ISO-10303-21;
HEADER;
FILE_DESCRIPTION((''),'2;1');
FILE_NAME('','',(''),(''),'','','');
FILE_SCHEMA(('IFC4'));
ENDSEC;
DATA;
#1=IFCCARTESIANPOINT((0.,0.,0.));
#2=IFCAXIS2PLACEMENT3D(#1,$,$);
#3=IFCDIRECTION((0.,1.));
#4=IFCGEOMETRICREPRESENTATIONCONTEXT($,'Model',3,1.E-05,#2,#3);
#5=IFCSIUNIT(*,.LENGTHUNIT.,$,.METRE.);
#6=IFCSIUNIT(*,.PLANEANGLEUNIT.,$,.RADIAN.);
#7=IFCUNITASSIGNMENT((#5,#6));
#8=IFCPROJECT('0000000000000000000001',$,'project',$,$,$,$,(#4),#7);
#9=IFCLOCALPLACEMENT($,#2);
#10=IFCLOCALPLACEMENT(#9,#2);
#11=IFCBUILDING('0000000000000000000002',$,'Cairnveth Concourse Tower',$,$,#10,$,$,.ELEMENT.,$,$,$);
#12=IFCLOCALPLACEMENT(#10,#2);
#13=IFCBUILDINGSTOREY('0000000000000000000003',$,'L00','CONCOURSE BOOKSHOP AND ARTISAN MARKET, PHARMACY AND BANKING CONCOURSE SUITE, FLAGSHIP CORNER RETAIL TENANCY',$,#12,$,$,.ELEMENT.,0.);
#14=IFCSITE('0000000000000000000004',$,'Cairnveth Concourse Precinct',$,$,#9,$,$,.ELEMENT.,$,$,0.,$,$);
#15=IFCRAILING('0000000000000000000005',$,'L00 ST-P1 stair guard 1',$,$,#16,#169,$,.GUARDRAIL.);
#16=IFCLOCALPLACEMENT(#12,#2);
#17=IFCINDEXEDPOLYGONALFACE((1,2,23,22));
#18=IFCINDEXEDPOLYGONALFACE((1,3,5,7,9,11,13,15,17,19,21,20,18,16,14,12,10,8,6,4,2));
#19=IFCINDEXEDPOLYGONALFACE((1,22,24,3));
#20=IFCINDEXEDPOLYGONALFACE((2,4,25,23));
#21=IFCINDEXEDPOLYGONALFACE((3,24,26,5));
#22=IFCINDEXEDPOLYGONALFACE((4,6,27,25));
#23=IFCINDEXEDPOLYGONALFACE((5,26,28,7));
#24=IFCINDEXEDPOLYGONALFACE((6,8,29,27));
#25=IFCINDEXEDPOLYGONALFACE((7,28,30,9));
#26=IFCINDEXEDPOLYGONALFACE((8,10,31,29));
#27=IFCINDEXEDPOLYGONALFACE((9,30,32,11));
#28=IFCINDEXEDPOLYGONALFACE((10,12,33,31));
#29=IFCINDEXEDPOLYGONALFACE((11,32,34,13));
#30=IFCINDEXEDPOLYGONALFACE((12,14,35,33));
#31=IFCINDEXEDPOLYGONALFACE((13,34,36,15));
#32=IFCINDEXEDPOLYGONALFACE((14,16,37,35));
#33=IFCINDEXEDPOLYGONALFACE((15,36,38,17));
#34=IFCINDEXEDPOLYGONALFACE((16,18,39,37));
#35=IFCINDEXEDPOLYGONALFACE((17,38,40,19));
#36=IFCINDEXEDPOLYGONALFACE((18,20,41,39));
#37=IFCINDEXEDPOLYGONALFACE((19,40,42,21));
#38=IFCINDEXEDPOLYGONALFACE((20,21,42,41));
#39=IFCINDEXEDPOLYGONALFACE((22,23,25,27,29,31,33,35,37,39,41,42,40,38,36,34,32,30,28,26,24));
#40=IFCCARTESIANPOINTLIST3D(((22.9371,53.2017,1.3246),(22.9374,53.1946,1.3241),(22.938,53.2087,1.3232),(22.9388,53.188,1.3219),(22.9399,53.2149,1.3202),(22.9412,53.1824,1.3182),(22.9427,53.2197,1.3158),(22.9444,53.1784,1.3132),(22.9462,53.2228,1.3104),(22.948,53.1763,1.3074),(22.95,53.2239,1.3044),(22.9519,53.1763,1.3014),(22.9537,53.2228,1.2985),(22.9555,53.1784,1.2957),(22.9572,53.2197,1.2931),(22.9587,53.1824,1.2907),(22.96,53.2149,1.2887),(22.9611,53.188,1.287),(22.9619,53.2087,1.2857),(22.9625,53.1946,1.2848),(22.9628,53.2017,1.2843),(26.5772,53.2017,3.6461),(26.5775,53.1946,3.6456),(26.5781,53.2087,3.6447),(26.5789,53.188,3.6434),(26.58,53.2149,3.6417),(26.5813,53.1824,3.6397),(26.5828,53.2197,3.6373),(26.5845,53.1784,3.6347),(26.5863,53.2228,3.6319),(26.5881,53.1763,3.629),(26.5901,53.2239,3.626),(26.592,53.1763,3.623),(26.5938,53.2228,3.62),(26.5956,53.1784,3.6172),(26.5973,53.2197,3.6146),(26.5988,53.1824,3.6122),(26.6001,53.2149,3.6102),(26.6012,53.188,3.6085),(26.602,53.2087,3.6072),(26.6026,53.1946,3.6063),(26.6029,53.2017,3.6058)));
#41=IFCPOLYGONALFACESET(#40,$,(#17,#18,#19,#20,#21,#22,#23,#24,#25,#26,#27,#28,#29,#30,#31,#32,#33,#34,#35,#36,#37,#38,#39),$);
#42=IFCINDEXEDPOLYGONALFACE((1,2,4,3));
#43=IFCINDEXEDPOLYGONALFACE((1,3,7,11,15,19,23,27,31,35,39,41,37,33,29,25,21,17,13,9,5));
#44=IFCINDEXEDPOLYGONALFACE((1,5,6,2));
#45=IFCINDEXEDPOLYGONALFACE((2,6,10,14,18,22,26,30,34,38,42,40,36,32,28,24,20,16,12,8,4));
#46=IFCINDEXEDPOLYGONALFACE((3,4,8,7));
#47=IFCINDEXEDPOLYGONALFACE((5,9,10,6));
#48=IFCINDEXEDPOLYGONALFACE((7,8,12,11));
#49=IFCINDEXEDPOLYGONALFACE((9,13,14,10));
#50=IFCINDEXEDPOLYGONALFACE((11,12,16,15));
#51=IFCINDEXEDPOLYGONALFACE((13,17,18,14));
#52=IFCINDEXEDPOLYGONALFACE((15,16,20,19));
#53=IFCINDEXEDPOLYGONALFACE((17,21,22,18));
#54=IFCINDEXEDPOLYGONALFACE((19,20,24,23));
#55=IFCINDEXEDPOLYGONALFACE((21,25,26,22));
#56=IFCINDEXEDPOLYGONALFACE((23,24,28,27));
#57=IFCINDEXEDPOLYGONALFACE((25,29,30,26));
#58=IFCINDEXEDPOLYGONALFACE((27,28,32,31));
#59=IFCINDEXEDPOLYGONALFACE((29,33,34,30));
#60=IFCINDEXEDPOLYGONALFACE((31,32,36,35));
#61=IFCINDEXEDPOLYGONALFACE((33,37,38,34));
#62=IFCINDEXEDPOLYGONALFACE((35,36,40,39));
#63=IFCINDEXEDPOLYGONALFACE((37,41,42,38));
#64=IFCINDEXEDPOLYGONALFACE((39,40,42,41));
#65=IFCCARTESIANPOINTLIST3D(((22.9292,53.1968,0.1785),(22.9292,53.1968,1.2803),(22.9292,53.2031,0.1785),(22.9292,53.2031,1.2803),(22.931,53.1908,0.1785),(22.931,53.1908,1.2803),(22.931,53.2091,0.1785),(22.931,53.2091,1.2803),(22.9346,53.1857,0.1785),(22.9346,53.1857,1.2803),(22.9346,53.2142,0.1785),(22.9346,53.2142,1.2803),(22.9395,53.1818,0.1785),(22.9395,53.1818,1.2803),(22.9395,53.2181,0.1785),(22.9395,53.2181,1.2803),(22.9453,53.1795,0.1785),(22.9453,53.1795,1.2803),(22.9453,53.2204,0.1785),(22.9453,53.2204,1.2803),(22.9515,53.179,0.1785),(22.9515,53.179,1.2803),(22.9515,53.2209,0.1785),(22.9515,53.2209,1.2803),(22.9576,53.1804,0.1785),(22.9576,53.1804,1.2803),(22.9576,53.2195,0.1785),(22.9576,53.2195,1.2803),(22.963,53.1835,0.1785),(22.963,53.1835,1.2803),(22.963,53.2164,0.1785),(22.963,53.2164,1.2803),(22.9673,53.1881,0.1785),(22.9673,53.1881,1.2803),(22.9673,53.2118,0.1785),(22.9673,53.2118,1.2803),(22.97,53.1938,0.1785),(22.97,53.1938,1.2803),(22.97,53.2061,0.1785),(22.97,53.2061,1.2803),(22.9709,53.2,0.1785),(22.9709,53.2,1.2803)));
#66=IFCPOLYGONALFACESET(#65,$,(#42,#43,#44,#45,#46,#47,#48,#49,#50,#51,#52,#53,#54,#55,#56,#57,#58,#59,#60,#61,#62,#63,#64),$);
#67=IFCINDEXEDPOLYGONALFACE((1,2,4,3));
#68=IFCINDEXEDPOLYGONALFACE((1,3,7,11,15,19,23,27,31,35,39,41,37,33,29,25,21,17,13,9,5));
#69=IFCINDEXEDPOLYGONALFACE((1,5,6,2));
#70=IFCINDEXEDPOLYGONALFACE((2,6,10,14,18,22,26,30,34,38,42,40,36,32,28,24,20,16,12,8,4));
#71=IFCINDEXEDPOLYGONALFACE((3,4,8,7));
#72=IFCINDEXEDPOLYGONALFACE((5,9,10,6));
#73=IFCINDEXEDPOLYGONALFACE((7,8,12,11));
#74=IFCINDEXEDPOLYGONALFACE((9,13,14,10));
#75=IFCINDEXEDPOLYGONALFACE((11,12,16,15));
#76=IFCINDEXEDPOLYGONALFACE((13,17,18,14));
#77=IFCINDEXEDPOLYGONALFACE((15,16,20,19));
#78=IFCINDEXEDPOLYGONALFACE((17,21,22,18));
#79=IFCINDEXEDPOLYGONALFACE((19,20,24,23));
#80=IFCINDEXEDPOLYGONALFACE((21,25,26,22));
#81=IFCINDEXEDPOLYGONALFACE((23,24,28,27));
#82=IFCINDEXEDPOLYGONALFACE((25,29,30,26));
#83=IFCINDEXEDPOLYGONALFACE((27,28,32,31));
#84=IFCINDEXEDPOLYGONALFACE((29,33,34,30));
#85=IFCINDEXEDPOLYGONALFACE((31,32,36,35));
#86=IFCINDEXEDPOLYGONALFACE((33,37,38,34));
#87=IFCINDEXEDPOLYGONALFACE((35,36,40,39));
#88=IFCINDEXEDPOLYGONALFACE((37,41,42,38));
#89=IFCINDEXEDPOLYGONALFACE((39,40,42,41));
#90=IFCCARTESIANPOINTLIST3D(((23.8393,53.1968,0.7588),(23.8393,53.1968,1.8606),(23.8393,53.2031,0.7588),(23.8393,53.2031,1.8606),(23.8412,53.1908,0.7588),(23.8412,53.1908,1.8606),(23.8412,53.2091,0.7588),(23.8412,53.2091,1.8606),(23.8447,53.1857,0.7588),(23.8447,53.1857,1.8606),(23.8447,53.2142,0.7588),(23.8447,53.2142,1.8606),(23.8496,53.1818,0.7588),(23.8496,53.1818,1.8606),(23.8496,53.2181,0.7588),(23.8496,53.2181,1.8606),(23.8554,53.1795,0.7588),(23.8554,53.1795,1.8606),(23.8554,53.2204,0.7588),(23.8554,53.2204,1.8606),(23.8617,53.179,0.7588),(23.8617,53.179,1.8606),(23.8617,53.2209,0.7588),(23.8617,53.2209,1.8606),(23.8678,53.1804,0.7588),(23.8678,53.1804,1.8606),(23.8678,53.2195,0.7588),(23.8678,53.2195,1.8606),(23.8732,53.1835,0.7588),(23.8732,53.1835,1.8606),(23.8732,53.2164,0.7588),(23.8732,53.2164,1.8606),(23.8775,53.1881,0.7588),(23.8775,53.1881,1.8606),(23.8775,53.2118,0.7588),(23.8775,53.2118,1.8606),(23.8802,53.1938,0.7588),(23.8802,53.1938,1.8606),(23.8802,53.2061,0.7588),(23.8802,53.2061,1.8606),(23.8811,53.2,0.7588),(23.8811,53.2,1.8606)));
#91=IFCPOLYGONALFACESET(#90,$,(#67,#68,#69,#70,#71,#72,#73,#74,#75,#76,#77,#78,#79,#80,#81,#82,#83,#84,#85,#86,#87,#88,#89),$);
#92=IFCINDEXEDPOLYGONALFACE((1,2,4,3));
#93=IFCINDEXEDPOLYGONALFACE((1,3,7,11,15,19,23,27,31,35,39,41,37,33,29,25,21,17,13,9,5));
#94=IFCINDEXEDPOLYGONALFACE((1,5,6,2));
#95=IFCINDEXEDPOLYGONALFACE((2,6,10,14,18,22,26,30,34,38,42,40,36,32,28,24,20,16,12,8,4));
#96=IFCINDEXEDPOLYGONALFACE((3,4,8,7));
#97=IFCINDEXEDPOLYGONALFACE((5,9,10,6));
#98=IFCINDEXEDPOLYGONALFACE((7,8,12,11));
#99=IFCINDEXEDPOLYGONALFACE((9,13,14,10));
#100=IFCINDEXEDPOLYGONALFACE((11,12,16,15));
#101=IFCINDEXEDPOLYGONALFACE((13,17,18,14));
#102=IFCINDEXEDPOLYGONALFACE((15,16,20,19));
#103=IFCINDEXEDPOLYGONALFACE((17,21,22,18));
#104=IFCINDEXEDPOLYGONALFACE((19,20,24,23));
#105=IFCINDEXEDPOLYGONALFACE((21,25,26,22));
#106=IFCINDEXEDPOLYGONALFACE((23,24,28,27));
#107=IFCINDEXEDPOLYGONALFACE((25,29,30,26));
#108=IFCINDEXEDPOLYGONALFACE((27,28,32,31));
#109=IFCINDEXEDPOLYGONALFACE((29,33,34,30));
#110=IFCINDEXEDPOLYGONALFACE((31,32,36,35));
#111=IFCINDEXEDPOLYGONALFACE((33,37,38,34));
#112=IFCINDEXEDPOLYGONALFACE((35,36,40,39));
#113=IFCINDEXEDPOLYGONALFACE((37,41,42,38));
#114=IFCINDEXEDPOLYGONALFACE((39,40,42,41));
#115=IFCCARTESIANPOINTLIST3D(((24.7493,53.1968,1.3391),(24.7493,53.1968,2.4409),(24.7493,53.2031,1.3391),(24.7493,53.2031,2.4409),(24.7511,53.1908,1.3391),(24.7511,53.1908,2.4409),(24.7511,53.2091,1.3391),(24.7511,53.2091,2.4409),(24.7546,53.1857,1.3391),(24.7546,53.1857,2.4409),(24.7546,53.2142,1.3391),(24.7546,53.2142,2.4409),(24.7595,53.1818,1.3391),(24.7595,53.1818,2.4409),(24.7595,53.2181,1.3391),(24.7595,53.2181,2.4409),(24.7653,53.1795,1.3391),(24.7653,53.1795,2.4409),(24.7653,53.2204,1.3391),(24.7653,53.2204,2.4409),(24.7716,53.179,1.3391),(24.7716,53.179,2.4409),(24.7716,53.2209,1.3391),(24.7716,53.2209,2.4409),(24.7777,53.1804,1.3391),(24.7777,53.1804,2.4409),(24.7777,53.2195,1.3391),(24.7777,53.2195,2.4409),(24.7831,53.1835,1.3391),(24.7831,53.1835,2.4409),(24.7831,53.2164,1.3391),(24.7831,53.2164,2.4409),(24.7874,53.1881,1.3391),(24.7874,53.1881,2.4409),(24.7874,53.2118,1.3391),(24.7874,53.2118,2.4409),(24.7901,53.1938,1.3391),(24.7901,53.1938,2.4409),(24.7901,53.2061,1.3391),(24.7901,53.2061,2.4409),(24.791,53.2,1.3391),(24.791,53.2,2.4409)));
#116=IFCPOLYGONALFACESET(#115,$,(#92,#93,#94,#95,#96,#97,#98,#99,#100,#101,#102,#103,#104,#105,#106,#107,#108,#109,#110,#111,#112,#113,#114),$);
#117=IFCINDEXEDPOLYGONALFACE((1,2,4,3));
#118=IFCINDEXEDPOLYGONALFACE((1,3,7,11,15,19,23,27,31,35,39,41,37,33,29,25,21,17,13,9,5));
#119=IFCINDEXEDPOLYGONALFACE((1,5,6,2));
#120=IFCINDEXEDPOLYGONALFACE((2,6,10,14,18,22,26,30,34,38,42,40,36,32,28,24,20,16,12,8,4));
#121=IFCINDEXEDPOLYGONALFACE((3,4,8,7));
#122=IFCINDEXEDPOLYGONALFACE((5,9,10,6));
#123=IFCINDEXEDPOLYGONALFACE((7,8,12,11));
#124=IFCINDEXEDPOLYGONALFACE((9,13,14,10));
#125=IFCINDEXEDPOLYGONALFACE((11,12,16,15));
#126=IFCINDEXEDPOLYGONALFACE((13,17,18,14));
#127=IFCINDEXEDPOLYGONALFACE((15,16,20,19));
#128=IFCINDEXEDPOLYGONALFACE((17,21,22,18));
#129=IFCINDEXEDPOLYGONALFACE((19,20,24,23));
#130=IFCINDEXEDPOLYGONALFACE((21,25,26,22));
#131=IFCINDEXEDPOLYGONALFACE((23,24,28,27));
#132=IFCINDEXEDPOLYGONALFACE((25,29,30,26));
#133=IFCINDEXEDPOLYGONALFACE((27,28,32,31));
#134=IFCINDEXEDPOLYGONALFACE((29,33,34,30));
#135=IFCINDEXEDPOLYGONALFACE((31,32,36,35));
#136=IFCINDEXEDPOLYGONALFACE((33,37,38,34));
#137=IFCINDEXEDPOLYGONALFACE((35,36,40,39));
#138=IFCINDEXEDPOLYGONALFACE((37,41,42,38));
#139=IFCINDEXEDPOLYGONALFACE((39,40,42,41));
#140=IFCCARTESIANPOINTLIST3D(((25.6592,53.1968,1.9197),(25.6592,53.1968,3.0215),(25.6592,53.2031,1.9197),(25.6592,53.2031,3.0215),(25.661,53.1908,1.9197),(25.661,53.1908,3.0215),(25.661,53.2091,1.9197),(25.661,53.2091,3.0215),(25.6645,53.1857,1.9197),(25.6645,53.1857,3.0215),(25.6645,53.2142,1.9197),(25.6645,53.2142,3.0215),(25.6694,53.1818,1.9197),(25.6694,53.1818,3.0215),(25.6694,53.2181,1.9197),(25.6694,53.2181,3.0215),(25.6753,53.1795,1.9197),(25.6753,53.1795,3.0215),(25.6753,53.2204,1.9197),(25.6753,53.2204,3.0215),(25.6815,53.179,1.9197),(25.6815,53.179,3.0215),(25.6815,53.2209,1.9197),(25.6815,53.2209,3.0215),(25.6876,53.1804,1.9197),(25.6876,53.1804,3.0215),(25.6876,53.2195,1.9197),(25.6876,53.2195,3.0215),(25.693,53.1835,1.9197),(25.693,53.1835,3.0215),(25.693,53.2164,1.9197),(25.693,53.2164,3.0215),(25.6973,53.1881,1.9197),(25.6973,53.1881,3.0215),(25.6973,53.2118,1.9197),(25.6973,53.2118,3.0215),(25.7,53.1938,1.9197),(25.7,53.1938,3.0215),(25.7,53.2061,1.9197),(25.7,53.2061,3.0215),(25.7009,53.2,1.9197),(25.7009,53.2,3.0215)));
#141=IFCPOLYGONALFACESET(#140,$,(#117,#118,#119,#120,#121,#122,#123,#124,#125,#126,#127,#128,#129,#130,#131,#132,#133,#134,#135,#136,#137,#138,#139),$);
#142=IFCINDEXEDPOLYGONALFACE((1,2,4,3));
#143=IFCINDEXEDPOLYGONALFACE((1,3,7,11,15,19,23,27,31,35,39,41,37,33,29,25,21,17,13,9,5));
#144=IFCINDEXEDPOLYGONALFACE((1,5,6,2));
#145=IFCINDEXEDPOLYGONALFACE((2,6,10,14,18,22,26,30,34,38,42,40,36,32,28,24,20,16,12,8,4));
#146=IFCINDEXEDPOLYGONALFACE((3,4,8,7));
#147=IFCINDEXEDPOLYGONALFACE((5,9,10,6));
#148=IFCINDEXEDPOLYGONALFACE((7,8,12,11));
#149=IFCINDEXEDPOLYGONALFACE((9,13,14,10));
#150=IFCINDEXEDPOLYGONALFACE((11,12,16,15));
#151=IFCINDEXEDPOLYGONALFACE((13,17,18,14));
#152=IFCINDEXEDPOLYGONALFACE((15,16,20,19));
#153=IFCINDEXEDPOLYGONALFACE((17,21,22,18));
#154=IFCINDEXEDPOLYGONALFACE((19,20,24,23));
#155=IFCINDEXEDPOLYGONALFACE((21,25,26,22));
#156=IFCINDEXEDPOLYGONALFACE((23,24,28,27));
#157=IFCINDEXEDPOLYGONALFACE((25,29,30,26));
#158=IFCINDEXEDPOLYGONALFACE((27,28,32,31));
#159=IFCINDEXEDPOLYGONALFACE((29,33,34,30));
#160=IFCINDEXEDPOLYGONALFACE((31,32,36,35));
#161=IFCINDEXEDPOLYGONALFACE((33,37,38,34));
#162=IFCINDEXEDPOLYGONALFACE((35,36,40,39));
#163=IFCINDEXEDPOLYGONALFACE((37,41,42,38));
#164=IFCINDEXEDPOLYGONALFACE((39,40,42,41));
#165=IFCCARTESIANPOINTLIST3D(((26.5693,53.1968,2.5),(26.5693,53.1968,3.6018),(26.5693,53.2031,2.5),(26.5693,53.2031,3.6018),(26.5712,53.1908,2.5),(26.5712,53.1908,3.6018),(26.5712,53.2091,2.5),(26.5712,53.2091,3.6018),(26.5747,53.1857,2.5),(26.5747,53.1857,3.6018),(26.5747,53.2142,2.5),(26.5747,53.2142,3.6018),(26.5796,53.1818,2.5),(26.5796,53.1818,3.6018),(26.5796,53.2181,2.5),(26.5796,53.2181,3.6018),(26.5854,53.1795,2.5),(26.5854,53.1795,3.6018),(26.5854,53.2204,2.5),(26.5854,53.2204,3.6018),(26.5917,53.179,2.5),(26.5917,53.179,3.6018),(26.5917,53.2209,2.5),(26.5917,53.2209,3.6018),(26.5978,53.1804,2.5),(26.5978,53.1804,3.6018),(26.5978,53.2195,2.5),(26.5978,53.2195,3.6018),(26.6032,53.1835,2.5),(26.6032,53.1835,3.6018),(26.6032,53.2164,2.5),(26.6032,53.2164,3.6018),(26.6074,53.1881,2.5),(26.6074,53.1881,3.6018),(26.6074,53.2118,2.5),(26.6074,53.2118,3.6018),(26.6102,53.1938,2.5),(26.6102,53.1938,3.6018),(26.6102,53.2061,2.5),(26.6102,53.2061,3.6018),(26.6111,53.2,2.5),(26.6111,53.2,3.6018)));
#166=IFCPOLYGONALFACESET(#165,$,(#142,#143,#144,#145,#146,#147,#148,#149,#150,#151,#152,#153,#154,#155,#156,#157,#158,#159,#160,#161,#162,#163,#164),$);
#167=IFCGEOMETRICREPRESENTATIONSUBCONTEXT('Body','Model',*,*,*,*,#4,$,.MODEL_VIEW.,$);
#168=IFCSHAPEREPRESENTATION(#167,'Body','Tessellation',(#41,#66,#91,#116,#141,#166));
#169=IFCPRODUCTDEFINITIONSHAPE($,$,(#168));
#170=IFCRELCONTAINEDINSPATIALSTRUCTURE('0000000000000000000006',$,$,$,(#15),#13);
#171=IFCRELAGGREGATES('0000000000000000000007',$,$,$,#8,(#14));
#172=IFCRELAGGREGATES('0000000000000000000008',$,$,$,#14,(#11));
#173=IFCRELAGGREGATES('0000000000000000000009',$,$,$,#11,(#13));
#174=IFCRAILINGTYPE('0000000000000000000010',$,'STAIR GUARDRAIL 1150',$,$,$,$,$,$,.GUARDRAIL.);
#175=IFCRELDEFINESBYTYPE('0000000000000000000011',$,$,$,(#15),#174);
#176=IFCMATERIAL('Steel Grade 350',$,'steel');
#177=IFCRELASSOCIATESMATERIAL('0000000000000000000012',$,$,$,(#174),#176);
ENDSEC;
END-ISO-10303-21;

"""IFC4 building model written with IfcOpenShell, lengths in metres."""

from ifc_helpers import new_model, si_unit, direction, frame, origin, origin_2d, place, context, subcontext, project, spatial, circle, extrude, material, type_object, element, save


model = new_model("IFC4")

# Units and contexts
model_context = context("Model", 3, precision=1e-05, world=origin(), true_north=direction((0.0, 1.0)))
body_context = subcontext(model_context, "Body", "Model", "MODEL_VIEW")
ifc_project = project(units=[si_unit("LENGTHUNIT", "METRE"), si_unit("PLANEANGLEUNIT", "RADIAN")], contexts=[model_context])

# Site, building, storey
site_placement = place(None, origin())
site = spatial("IfcSite", under=ifc_project, at=site_placement, Name="Cairnveth Concourse Precinct", CompositionType="ELEMENT", RefElevation=0.0)
building_placement = place(site_placement, origin())
building = spatial("IfcBuilding", under=site, at=building_placement, Name="Cairnveth Concourse Tower", CompositionType="ELEMENT")
storey_placement = place(building_placement, origin())
storey = spatial("IfcBuildingStorey", under=building, at=storey_placement, Name="L00", Description="CONCOURSE BOOKSHOP AND ARTISAN MARKET, PHARMACY AND BANKING CONCOURSE SUITE, FLAGSHIP CORNER RETAIL TENANCY", CompositionType="ELEMENT", Elevation=0.0)

# Shared definitions
ifc_material_1 = material(Name="Steel Grade 350", Category="steel")

# Railing
railing_type_1 = type_object("IfcRailingType", Name="STAIR GUARDRAIL 1150", PredefinedType="GUARDRAIL", material=ifc_material_1)
railing_1_placement = place(storey_placement, frame((22.95, 53.2, 0.1785)))
element("IfcRailing", 1, at=railing_1_placement, inside=storey, type_object=railing_type_1, Name="L00 ST-P1 stair guard 1", PredefinedType="GUARDRAIL", context=body_context, shape_type="SweptSolid", body=[
    extrude(circle(Radius=0.0239, at=origin_2d()), frame((0.0, 0.0, 1.126), z_axis=(0.843128, 0.0, 0.537713), x_axis=(0.0, 1.0, 0.0)), (0.0, 0.0, 1.0), 4.3174),
    extrude(circle(Radius=0.021, at=origin_2d()), origin(), (0.0, 0.0, 1.0), 1.1018),
    extrude(circle(Radius=0.021, at=origin_2d()), frame((0.9102, 0.0, 0.5803)), (0.0, 0.0, 1.0), 1.1018),
    extrude(circle(Radius=0.021, at=origin_2d()), frame((1.8201, 0.0, 1.1606)), (0.0, 0.0, 1.0), 1.1018),
    extrude(circle(Radius=0.021, at=origin_2d()), frame((2.73, 0.0, 1.7412)), (0.0, 0.0, 1.0), 1.1018),
    extrude(circle(Radius=0.021, at=origin_2d()), frame((3.6401, 0.0, 2.3215)), (0.0, 0.0, 1.0), 1.1018),
])

save(model, "model.ifc")
